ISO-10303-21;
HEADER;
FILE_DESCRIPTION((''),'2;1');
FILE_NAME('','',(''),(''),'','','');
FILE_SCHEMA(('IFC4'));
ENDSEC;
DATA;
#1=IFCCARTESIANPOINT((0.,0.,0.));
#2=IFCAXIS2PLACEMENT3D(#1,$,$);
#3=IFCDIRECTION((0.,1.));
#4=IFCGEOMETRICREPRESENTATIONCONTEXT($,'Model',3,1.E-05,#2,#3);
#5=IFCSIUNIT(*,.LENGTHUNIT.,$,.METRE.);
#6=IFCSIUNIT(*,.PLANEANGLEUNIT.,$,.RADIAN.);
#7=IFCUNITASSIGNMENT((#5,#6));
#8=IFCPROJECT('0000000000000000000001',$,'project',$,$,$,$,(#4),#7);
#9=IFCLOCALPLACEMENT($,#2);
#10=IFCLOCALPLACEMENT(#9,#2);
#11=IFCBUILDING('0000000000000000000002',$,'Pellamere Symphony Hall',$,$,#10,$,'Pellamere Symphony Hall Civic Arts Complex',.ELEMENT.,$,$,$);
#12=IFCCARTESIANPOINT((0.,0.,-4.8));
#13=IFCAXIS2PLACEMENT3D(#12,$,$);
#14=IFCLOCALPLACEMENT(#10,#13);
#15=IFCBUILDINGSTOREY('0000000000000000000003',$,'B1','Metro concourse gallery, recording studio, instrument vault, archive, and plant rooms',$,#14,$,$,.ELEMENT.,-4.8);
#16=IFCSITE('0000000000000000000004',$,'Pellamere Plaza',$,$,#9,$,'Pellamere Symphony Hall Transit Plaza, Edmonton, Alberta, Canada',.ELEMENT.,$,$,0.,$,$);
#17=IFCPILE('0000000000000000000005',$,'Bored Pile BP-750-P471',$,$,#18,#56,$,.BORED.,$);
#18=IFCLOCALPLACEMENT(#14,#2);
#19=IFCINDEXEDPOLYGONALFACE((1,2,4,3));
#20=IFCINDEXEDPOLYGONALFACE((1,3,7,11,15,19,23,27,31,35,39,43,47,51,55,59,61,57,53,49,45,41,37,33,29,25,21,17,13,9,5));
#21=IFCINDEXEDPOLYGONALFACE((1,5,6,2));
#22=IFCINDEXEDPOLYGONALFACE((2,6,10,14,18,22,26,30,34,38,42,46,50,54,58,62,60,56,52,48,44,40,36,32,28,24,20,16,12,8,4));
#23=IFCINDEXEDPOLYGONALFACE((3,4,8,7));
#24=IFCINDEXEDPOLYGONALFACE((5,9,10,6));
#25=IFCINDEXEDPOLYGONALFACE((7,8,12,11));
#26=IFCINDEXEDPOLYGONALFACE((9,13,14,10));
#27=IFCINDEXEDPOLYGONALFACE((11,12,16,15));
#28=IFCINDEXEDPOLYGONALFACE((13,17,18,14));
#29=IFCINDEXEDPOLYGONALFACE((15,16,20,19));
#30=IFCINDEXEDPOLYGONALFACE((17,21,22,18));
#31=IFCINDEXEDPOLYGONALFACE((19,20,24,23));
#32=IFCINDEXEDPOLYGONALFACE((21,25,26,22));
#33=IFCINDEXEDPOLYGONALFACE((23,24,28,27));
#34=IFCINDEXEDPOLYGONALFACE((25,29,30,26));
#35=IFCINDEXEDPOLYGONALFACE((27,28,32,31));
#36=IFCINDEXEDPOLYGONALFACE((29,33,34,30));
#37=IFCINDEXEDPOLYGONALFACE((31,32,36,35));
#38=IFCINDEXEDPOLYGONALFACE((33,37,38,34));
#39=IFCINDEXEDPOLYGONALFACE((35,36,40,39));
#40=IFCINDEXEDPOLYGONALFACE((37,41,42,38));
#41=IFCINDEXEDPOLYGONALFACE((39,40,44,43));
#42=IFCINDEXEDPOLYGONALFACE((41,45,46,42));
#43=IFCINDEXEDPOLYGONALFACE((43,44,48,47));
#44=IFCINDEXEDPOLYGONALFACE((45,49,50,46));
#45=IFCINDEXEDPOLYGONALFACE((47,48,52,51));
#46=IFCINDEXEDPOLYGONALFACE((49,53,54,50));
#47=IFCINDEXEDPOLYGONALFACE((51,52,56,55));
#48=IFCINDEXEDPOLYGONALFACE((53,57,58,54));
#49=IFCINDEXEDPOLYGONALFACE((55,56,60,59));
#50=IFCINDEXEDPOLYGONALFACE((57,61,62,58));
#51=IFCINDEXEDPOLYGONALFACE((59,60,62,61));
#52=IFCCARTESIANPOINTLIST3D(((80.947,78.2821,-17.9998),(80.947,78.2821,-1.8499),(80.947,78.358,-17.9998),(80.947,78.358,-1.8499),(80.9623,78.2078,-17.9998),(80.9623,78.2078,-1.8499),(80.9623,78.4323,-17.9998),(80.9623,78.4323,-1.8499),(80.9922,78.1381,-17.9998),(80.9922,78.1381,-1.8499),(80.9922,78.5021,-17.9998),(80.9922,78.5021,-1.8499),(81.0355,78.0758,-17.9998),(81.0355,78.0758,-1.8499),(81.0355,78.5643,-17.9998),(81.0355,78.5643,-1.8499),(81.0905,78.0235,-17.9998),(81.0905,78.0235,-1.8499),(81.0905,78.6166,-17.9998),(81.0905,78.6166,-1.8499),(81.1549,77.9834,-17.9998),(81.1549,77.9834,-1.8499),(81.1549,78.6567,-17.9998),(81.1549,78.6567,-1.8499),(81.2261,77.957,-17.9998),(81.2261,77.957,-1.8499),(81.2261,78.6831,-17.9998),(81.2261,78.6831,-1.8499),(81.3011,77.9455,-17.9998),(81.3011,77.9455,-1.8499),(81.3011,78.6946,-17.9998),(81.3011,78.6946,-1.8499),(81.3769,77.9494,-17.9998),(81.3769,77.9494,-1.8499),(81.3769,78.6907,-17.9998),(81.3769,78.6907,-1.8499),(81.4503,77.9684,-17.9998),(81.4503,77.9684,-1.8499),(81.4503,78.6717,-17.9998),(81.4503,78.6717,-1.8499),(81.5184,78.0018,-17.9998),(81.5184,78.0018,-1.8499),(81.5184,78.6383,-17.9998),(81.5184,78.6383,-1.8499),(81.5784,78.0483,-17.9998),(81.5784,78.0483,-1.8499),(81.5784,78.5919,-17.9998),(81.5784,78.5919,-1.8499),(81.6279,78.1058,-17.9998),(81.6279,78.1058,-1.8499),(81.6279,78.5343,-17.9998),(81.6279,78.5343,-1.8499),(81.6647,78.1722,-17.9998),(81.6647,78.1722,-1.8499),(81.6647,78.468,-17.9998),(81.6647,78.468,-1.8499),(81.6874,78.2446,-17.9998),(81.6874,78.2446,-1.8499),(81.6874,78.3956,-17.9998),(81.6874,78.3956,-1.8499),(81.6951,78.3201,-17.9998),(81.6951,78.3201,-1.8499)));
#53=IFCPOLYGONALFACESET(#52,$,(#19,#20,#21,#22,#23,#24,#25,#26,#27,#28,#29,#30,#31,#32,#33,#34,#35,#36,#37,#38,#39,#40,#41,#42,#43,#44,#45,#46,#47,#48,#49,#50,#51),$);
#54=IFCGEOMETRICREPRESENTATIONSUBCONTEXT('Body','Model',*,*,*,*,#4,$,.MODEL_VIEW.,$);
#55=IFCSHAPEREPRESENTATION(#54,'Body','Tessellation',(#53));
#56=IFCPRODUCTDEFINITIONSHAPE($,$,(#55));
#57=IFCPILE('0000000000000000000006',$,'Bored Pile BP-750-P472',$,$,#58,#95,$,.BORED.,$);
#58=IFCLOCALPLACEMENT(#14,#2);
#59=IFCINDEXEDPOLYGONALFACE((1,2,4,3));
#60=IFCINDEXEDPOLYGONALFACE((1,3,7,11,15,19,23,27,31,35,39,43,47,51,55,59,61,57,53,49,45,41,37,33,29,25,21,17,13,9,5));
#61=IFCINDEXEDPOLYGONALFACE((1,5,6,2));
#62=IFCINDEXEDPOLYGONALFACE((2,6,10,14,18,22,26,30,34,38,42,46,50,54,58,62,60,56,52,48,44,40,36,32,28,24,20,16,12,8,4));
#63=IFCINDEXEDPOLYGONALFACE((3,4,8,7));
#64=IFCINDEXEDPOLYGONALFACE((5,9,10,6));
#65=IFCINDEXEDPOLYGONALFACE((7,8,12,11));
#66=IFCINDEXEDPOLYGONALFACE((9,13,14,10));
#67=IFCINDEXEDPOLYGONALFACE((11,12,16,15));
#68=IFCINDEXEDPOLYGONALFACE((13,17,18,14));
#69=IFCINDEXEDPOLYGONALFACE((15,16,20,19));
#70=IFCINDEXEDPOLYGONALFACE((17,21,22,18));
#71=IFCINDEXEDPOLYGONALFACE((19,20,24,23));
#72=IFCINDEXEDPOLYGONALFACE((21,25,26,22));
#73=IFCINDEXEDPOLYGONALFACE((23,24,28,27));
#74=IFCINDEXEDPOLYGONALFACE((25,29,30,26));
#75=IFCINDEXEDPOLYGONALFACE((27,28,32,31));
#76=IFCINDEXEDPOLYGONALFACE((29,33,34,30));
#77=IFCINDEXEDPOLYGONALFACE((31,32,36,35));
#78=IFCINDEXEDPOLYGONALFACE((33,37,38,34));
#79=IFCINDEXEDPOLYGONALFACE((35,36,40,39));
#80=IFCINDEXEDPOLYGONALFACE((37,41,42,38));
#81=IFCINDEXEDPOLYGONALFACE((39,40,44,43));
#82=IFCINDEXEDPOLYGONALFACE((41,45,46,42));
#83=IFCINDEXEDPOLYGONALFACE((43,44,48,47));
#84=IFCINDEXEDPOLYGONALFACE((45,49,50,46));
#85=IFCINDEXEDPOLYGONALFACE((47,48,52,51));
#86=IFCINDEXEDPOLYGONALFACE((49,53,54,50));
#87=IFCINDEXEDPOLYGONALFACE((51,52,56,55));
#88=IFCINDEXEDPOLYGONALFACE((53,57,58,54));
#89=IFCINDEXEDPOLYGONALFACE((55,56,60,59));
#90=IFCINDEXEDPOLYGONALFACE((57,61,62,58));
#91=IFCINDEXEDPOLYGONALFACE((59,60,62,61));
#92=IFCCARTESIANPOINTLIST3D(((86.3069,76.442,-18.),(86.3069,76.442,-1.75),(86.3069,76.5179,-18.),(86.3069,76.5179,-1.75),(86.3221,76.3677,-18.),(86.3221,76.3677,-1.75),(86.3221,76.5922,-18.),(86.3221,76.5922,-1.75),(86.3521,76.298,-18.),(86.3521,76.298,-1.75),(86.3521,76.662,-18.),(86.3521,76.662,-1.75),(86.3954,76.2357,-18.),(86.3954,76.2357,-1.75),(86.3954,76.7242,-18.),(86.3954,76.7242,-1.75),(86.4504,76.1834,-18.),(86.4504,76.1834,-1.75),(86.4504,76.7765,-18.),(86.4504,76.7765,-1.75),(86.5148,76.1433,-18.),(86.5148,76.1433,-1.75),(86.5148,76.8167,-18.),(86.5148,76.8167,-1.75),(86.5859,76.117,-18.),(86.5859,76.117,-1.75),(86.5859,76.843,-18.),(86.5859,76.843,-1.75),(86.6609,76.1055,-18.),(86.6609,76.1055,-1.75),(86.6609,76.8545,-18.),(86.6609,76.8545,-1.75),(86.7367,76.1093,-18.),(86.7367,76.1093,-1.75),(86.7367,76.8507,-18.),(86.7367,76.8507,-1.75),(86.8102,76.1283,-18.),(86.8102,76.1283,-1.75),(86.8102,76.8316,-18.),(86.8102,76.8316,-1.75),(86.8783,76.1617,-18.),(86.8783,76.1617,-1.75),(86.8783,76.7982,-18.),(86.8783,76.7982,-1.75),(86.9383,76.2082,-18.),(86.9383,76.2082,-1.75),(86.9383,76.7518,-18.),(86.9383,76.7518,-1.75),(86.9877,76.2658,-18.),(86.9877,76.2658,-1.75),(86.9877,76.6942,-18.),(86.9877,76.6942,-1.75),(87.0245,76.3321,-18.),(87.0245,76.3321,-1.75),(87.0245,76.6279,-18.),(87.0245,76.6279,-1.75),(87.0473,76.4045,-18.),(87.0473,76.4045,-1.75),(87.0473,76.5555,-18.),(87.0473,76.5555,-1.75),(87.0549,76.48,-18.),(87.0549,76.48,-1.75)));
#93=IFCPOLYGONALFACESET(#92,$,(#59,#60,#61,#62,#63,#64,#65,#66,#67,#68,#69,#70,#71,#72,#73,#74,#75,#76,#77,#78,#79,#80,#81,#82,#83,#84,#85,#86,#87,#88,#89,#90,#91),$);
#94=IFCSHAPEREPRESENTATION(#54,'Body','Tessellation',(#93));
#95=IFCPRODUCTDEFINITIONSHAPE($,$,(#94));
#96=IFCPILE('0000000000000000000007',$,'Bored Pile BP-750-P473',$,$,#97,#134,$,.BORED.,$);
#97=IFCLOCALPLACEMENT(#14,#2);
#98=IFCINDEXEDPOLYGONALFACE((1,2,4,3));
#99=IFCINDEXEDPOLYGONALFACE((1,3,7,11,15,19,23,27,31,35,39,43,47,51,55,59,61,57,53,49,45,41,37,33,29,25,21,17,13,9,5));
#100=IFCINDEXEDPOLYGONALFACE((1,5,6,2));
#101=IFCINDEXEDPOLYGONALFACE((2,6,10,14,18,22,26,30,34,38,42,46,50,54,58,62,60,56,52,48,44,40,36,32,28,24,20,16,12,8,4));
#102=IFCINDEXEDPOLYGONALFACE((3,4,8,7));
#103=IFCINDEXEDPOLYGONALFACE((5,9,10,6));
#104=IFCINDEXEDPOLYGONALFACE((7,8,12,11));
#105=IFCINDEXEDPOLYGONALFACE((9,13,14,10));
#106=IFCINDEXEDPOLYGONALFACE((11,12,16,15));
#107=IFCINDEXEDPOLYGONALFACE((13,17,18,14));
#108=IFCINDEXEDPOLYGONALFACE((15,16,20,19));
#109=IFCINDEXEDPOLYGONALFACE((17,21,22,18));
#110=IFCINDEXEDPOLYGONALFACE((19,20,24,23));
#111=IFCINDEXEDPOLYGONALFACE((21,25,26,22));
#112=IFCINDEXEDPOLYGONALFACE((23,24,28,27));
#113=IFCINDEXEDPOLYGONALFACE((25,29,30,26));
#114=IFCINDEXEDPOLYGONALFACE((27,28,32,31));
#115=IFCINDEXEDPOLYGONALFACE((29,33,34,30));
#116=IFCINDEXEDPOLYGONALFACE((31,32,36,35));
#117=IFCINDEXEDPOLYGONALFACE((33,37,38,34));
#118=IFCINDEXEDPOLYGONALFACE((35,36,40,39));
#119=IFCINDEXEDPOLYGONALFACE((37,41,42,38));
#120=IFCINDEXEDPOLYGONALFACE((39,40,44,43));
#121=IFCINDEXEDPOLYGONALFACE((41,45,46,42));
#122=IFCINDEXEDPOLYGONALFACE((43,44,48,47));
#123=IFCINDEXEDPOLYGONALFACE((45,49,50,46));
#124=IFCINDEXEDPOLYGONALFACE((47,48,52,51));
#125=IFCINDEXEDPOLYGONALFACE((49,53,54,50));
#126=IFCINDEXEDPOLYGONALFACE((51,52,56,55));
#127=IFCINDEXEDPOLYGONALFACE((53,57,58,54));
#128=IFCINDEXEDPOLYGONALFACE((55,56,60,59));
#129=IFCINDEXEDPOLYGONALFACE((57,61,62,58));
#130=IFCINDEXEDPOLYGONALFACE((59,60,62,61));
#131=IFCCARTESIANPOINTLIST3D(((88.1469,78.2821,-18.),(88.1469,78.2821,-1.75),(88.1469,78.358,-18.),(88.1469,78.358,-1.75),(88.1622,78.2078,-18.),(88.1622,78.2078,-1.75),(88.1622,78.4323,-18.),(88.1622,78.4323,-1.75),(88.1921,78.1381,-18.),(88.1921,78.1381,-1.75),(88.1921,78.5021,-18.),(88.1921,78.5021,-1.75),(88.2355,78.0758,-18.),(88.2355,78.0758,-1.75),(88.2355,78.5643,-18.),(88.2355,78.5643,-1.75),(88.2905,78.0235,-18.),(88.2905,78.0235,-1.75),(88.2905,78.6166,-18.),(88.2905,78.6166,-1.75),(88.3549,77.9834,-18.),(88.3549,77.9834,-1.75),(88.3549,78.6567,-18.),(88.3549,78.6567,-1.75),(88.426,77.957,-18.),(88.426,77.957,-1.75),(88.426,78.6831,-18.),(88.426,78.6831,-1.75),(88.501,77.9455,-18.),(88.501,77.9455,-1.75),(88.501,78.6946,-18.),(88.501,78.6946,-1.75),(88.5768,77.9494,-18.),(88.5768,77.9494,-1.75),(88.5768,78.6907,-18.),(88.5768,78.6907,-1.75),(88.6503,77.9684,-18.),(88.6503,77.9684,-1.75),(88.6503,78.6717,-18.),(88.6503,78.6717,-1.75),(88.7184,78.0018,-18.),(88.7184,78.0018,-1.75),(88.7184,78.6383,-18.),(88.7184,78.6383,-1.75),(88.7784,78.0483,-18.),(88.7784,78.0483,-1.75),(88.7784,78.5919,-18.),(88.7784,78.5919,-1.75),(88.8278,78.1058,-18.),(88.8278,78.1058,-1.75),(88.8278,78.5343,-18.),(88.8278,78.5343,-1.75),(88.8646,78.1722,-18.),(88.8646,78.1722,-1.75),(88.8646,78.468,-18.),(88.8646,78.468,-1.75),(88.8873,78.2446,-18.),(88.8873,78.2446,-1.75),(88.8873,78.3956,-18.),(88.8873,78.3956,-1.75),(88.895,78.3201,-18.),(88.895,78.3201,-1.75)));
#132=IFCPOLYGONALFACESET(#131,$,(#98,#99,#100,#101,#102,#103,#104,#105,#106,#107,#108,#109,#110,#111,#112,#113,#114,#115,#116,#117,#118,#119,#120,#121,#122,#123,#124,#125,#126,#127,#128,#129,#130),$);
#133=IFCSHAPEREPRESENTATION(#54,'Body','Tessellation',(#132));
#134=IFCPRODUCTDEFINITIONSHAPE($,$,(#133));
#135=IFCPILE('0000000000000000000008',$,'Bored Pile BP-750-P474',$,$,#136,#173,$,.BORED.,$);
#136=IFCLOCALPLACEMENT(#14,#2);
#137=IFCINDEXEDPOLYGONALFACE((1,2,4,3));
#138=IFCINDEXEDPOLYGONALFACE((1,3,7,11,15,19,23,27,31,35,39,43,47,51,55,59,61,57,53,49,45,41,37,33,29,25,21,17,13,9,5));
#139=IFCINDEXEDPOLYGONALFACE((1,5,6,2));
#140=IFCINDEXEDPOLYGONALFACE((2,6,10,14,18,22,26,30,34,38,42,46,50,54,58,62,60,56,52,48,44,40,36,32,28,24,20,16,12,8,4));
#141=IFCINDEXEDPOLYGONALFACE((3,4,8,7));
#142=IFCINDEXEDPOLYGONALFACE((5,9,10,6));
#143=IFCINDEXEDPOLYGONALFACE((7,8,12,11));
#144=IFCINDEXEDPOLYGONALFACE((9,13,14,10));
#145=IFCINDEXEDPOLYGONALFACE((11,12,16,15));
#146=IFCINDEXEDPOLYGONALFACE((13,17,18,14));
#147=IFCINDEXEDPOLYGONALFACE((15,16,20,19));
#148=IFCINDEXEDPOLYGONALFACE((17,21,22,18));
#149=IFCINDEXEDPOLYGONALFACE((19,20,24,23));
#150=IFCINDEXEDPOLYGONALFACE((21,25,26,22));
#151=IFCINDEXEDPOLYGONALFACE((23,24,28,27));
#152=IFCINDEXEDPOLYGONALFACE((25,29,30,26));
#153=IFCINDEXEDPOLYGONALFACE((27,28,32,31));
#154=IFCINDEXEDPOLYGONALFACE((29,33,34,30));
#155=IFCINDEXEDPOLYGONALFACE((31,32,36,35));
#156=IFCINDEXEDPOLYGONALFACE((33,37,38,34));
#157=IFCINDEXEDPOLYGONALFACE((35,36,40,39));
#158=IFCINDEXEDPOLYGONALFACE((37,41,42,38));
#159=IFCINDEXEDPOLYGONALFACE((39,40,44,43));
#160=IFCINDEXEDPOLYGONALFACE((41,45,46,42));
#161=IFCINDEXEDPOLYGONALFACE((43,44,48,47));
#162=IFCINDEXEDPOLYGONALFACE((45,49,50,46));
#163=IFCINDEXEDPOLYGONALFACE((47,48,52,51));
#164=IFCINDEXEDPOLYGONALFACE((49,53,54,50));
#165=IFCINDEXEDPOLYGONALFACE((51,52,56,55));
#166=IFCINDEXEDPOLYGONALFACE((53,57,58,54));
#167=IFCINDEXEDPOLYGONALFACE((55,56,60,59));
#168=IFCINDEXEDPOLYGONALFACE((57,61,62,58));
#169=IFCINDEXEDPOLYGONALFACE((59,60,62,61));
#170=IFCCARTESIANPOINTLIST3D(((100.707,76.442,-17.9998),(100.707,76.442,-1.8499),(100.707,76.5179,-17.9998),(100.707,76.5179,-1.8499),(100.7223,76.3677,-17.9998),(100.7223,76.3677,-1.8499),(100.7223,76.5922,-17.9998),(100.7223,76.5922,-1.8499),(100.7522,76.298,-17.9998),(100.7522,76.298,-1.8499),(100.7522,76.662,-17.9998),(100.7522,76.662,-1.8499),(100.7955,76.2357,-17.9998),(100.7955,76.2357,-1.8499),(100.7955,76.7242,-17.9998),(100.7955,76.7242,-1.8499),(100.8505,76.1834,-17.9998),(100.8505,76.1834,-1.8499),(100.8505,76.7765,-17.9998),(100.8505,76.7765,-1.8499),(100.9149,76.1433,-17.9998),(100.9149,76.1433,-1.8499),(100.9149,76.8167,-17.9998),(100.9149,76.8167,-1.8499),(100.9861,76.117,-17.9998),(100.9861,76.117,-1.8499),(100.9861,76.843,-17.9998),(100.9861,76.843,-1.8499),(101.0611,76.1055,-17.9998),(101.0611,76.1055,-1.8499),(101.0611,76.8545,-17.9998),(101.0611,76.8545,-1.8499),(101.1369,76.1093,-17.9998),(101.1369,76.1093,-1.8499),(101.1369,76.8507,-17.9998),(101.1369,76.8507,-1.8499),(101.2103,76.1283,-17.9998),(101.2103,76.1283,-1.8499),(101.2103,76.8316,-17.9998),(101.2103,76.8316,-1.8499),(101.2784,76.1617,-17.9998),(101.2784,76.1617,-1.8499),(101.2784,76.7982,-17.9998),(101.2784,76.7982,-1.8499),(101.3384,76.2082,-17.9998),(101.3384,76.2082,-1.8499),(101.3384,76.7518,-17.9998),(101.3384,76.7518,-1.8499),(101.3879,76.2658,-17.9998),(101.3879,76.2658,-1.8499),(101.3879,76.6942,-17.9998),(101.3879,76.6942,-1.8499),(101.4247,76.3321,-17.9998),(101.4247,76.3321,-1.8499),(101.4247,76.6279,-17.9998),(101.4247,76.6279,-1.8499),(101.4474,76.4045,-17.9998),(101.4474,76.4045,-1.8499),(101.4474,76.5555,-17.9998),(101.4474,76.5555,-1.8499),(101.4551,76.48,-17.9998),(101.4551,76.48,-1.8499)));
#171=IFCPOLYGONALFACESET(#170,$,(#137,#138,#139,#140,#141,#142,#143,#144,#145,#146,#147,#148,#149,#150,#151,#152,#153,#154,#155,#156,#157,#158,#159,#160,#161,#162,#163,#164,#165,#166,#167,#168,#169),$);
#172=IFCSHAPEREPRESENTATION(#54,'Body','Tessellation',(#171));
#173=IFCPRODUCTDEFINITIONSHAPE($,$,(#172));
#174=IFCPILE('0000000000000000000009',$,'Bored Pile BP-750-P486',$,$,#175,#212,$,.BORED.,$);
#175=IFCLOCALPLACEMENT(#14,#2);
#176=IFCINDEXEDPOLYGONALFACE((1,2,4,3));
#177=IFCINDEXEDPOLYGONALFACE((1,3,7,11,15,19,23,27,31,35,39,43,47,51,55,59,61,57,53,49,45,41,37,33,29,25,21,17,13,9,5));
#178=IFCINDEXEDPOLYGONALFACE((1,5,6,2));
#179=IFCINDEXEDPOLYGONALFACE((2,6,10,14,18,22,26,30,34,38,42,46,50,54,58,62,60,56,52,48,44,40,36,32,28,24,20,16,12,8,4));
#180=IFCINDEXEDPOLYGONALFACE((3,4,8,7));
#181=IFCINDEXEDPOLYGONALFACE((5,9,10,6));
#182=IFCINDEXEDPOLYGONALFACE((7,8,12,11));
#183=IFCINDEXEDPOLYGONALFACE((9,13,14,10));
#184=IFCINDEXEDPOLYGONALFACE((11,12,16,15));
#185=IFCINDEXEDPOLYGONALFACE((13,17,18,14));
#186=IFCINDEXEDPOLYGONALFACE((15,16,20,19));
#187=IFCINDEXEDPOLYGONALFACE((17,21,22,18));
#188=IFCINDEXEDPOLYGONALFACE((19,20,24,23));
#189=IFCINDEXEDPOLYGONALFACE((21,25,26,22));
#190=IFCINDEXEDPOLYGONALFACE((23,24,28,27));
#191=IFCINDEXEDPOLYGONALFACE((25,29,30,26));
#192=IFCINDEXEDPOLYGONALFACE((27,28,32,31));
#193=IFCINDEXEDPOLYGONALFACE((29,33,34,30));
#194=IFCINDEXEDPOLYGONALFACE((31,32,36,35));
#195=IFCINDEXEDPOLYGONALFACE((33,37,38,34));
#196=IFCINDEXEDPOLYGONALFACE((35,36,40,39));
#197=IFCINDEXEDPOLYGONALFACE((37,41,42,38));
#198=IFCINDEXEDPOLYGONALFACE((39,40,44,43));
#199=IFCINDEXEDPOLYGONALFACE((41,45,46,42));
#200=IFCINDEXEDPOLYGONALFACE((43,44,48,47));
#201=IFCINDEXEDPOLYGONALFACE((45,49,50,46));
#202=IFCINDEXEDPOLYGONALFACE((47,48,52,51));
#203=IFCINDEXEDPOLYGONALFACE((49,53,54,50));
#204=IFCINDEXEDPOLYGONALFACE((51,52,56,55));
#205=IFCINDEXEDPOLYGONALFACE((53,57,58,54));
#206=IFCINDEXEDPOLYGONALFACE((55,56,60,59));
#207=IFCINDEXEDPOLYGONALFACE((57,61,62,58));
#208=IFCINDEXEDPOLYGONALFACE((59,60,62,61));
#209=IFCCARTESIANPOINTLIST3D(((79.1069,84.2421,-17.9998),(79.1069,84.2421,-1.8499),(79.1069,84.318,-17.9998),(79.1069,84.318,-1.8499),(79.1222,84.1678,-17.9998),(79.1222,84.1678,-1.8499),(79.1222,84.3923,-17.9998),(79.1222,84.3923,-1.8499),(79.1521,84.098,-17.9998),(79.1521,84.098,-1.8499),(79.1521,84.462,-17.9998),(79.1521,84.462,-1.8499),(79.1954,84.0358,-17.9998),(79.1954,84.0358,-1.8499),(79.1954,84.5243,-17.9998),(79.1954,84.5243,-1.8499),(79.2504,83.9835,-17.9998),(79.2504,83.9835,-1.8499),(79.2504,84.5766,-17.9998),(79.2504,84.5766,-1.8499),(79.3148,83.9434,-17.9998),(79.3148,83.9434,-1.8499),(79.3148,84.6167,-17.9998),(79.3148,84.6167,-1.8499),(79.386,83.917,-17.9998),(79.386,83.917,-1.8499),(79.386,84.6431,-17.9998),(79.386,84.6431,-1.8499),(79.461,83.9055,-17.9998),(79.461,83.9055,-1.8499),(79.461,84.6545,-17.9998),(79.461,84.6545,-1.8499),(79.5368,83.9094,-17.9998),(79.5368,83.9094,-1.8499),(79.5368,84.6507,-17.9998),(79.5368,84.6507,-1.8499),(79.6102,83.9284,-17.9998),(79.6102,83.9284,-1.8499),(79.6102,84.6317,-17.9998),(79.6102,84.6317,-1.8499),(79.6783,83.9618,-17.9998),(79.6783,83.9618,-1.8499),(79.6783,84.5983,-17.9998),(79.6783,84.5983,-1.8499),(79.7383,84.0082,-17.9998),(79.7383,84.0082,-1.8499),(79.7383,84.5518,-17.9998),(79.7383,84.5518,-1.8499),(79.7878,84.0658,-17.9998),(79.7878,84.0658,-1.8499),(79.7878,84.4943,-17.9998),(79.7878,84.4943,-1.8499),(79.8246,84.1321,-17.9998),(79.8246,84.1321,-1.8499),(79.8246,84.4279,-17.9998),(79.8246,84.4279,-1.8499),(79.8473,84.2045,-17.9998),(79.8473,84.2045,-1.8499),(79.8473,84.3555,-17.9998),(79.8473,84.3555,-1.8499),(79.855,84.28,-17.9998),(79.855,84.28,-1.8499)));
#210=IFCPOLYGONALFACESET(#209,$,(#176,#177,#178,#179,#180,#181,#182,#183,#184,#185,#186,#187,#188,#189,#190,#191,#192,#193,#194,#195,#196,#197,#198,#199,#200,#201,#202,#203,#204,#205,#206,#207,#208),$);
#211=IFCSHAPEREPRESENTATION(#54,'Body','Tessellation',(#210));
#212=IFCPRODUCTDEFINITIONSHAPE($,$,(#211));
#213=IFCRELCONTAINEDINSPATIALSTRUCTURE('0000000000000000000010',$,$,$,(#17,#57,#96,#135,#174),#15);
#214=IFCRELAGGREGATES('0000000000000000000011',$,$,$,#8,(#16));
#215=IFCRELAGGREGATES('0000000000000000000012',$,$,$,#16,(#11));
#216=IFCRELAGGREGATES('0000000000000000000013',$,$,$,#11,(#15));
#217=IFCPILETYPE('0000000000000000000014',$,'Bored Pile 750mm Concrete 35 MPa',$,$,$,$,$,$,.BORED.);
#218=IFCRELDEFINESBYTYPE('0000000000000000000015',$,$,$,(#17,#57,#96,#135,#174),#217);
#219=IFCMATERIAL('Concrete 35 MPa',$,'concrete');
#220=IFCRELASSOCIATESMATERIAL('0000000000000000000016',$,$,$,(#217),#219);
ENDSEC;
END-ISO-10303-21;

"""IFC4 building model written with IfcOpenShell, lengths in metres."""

from ifc_helpers import new_model, si_unit, direction, frame, origin, origin_2d, place, context, subcontext, project, spatial, circle, extrude, material, material_profile, profile_set, type_object, element, save


model = new_model("IFC4")

# Units and contexts
model_context = context("Model", 3, precision=1e-05, world=origin(), true_north=direction((0.0, 1.0)))
body_context = subcontext(model_context, "Body", "Model", "MODEL_VIEW")
ifc_project = project(units=[si_unit("LENGTHUNIT", "METRE"), si_unit("PLANEANGLEUNIT", "RADIAN")], contexts=[model_context])

# Site, building, storey
site_placement = place(None, origin())
site = spatial("IfcSite", under=ifc_project, at=site_placement, Name="Pellamere Plaza", LongName="Pellamere Symphony Hall Transit Plaza, Edmonton, Alberta, Canada", CompositionType="ELEMENT", RefElevation=0.0)
building_placement = place(site_placement, origin())
building = spatial("IfcBuilding", under=site, at=building_placement, Name="Pellamere Symphony Hall", LongName="Pellamere Symphony Hall Civic Arts Complex", CompositionType="ELEMENT")
storey_placement = place(building_placement, frame((0.0, 0.0, -4.8)))
storey = spatial("IfcBuildingStorey", under=building, at=storey_placement, Name="B1", Description="Metro concourse gallery, recording studio, instrument vault, archive, and plant rooms", CompositionType="ELEMENT", Elevation=-4.8)

# Piles
ifc_material_1 = material(Name="Concrete 35 MPa", Category="concrete")
ifc_material_profile_1 = material_profile(ifc_material_1, circle(Radius=0.375, at=origin_2d()), Name="PILE D750")
ifc_profile_set_1 = profile_set([ifc_material_profile_1], Name="Concrete 35 MPa")
pile_type = type_object("IfcPileType", Name="Bored Pile 750mm Concrete 35 MPa", PredefinedType="BORED", material=ifc_profile_set_1)
for number, where, z_axis, x_axis, name in (
    (1, (81.3201, 78.3201, -1.8499), (0.0, 0.0, -1.0), (1.0, 0.0, 0.0), "Bored Pile BP-750-P471"),
):
    element("IfcPile", number, at=place(storey_placement, frame(where, z_axis=z_axis, x_axis=x_axis)), inside=storey, type_object=pile_type, Name=name, PredefinedType="BORED", context=body_context, shape_type="SweptSolid", body=[
        extrude(circle(Radius=0.375, at=origin_2d()), origin(), (0.0, 0.0, 1.0), 16.1499),
    ])
for number, where, z_axis, x_axis, name in (
    (2, (86.6799, 76.48, -1.75), (0.0, 0.0, -1.0), (1.0, 0.0, 0.0), "Bored Pile BP-750-P472"),
    (3, (88.52, 78.3201, -1.75), (0.0, 0.0, -1.0), (1.0, 0.0, 0.0), "Bored Pile BP-750-P473"),
):
    element("IfcPile", number, at=place(storey_placement, frame(where, z_axis=z_axis, x_axis=x_axis)), inside=storey, type_object=pile_type, Name=name, PredefinedType="BORED", context=body_context, shape_type="SweptSolid", body=[
        extrude(circle(Radius=0.375, at=origin_2d()), origin(), (0.0, 0.0, 1.0), 16.25),
    ])
for number, where, z_axis, x_axis, name in (
    (4, (101.0801, 76.48, -1.8499), (0.0, 0.0, -1.0), (1.0, 0.0, 0.0), "Bored Pile BP-750-P474"),
    (5, (79.48, 84.28, -1.8499), (0.0, 0.0, -1.0), (1.0, 0.0, 0.0), "Bored Pile BP-750-P486"),
):
    element("IfcPile", number, at=place(storey_placement, frame(where, z_axis=z_axis, x_axis=x_axis)), inside=storey, type_object=pile_type, Name=name, PredefinedType="BORED", context=body_context, shape_type="SweptSolid", body=[
        extrude(circle(Radius=0.375, at=origin_2d()), origin(), (0.0, 0.0, 1.0), 16.1499),
    ])

save(model, "model.ifc")
